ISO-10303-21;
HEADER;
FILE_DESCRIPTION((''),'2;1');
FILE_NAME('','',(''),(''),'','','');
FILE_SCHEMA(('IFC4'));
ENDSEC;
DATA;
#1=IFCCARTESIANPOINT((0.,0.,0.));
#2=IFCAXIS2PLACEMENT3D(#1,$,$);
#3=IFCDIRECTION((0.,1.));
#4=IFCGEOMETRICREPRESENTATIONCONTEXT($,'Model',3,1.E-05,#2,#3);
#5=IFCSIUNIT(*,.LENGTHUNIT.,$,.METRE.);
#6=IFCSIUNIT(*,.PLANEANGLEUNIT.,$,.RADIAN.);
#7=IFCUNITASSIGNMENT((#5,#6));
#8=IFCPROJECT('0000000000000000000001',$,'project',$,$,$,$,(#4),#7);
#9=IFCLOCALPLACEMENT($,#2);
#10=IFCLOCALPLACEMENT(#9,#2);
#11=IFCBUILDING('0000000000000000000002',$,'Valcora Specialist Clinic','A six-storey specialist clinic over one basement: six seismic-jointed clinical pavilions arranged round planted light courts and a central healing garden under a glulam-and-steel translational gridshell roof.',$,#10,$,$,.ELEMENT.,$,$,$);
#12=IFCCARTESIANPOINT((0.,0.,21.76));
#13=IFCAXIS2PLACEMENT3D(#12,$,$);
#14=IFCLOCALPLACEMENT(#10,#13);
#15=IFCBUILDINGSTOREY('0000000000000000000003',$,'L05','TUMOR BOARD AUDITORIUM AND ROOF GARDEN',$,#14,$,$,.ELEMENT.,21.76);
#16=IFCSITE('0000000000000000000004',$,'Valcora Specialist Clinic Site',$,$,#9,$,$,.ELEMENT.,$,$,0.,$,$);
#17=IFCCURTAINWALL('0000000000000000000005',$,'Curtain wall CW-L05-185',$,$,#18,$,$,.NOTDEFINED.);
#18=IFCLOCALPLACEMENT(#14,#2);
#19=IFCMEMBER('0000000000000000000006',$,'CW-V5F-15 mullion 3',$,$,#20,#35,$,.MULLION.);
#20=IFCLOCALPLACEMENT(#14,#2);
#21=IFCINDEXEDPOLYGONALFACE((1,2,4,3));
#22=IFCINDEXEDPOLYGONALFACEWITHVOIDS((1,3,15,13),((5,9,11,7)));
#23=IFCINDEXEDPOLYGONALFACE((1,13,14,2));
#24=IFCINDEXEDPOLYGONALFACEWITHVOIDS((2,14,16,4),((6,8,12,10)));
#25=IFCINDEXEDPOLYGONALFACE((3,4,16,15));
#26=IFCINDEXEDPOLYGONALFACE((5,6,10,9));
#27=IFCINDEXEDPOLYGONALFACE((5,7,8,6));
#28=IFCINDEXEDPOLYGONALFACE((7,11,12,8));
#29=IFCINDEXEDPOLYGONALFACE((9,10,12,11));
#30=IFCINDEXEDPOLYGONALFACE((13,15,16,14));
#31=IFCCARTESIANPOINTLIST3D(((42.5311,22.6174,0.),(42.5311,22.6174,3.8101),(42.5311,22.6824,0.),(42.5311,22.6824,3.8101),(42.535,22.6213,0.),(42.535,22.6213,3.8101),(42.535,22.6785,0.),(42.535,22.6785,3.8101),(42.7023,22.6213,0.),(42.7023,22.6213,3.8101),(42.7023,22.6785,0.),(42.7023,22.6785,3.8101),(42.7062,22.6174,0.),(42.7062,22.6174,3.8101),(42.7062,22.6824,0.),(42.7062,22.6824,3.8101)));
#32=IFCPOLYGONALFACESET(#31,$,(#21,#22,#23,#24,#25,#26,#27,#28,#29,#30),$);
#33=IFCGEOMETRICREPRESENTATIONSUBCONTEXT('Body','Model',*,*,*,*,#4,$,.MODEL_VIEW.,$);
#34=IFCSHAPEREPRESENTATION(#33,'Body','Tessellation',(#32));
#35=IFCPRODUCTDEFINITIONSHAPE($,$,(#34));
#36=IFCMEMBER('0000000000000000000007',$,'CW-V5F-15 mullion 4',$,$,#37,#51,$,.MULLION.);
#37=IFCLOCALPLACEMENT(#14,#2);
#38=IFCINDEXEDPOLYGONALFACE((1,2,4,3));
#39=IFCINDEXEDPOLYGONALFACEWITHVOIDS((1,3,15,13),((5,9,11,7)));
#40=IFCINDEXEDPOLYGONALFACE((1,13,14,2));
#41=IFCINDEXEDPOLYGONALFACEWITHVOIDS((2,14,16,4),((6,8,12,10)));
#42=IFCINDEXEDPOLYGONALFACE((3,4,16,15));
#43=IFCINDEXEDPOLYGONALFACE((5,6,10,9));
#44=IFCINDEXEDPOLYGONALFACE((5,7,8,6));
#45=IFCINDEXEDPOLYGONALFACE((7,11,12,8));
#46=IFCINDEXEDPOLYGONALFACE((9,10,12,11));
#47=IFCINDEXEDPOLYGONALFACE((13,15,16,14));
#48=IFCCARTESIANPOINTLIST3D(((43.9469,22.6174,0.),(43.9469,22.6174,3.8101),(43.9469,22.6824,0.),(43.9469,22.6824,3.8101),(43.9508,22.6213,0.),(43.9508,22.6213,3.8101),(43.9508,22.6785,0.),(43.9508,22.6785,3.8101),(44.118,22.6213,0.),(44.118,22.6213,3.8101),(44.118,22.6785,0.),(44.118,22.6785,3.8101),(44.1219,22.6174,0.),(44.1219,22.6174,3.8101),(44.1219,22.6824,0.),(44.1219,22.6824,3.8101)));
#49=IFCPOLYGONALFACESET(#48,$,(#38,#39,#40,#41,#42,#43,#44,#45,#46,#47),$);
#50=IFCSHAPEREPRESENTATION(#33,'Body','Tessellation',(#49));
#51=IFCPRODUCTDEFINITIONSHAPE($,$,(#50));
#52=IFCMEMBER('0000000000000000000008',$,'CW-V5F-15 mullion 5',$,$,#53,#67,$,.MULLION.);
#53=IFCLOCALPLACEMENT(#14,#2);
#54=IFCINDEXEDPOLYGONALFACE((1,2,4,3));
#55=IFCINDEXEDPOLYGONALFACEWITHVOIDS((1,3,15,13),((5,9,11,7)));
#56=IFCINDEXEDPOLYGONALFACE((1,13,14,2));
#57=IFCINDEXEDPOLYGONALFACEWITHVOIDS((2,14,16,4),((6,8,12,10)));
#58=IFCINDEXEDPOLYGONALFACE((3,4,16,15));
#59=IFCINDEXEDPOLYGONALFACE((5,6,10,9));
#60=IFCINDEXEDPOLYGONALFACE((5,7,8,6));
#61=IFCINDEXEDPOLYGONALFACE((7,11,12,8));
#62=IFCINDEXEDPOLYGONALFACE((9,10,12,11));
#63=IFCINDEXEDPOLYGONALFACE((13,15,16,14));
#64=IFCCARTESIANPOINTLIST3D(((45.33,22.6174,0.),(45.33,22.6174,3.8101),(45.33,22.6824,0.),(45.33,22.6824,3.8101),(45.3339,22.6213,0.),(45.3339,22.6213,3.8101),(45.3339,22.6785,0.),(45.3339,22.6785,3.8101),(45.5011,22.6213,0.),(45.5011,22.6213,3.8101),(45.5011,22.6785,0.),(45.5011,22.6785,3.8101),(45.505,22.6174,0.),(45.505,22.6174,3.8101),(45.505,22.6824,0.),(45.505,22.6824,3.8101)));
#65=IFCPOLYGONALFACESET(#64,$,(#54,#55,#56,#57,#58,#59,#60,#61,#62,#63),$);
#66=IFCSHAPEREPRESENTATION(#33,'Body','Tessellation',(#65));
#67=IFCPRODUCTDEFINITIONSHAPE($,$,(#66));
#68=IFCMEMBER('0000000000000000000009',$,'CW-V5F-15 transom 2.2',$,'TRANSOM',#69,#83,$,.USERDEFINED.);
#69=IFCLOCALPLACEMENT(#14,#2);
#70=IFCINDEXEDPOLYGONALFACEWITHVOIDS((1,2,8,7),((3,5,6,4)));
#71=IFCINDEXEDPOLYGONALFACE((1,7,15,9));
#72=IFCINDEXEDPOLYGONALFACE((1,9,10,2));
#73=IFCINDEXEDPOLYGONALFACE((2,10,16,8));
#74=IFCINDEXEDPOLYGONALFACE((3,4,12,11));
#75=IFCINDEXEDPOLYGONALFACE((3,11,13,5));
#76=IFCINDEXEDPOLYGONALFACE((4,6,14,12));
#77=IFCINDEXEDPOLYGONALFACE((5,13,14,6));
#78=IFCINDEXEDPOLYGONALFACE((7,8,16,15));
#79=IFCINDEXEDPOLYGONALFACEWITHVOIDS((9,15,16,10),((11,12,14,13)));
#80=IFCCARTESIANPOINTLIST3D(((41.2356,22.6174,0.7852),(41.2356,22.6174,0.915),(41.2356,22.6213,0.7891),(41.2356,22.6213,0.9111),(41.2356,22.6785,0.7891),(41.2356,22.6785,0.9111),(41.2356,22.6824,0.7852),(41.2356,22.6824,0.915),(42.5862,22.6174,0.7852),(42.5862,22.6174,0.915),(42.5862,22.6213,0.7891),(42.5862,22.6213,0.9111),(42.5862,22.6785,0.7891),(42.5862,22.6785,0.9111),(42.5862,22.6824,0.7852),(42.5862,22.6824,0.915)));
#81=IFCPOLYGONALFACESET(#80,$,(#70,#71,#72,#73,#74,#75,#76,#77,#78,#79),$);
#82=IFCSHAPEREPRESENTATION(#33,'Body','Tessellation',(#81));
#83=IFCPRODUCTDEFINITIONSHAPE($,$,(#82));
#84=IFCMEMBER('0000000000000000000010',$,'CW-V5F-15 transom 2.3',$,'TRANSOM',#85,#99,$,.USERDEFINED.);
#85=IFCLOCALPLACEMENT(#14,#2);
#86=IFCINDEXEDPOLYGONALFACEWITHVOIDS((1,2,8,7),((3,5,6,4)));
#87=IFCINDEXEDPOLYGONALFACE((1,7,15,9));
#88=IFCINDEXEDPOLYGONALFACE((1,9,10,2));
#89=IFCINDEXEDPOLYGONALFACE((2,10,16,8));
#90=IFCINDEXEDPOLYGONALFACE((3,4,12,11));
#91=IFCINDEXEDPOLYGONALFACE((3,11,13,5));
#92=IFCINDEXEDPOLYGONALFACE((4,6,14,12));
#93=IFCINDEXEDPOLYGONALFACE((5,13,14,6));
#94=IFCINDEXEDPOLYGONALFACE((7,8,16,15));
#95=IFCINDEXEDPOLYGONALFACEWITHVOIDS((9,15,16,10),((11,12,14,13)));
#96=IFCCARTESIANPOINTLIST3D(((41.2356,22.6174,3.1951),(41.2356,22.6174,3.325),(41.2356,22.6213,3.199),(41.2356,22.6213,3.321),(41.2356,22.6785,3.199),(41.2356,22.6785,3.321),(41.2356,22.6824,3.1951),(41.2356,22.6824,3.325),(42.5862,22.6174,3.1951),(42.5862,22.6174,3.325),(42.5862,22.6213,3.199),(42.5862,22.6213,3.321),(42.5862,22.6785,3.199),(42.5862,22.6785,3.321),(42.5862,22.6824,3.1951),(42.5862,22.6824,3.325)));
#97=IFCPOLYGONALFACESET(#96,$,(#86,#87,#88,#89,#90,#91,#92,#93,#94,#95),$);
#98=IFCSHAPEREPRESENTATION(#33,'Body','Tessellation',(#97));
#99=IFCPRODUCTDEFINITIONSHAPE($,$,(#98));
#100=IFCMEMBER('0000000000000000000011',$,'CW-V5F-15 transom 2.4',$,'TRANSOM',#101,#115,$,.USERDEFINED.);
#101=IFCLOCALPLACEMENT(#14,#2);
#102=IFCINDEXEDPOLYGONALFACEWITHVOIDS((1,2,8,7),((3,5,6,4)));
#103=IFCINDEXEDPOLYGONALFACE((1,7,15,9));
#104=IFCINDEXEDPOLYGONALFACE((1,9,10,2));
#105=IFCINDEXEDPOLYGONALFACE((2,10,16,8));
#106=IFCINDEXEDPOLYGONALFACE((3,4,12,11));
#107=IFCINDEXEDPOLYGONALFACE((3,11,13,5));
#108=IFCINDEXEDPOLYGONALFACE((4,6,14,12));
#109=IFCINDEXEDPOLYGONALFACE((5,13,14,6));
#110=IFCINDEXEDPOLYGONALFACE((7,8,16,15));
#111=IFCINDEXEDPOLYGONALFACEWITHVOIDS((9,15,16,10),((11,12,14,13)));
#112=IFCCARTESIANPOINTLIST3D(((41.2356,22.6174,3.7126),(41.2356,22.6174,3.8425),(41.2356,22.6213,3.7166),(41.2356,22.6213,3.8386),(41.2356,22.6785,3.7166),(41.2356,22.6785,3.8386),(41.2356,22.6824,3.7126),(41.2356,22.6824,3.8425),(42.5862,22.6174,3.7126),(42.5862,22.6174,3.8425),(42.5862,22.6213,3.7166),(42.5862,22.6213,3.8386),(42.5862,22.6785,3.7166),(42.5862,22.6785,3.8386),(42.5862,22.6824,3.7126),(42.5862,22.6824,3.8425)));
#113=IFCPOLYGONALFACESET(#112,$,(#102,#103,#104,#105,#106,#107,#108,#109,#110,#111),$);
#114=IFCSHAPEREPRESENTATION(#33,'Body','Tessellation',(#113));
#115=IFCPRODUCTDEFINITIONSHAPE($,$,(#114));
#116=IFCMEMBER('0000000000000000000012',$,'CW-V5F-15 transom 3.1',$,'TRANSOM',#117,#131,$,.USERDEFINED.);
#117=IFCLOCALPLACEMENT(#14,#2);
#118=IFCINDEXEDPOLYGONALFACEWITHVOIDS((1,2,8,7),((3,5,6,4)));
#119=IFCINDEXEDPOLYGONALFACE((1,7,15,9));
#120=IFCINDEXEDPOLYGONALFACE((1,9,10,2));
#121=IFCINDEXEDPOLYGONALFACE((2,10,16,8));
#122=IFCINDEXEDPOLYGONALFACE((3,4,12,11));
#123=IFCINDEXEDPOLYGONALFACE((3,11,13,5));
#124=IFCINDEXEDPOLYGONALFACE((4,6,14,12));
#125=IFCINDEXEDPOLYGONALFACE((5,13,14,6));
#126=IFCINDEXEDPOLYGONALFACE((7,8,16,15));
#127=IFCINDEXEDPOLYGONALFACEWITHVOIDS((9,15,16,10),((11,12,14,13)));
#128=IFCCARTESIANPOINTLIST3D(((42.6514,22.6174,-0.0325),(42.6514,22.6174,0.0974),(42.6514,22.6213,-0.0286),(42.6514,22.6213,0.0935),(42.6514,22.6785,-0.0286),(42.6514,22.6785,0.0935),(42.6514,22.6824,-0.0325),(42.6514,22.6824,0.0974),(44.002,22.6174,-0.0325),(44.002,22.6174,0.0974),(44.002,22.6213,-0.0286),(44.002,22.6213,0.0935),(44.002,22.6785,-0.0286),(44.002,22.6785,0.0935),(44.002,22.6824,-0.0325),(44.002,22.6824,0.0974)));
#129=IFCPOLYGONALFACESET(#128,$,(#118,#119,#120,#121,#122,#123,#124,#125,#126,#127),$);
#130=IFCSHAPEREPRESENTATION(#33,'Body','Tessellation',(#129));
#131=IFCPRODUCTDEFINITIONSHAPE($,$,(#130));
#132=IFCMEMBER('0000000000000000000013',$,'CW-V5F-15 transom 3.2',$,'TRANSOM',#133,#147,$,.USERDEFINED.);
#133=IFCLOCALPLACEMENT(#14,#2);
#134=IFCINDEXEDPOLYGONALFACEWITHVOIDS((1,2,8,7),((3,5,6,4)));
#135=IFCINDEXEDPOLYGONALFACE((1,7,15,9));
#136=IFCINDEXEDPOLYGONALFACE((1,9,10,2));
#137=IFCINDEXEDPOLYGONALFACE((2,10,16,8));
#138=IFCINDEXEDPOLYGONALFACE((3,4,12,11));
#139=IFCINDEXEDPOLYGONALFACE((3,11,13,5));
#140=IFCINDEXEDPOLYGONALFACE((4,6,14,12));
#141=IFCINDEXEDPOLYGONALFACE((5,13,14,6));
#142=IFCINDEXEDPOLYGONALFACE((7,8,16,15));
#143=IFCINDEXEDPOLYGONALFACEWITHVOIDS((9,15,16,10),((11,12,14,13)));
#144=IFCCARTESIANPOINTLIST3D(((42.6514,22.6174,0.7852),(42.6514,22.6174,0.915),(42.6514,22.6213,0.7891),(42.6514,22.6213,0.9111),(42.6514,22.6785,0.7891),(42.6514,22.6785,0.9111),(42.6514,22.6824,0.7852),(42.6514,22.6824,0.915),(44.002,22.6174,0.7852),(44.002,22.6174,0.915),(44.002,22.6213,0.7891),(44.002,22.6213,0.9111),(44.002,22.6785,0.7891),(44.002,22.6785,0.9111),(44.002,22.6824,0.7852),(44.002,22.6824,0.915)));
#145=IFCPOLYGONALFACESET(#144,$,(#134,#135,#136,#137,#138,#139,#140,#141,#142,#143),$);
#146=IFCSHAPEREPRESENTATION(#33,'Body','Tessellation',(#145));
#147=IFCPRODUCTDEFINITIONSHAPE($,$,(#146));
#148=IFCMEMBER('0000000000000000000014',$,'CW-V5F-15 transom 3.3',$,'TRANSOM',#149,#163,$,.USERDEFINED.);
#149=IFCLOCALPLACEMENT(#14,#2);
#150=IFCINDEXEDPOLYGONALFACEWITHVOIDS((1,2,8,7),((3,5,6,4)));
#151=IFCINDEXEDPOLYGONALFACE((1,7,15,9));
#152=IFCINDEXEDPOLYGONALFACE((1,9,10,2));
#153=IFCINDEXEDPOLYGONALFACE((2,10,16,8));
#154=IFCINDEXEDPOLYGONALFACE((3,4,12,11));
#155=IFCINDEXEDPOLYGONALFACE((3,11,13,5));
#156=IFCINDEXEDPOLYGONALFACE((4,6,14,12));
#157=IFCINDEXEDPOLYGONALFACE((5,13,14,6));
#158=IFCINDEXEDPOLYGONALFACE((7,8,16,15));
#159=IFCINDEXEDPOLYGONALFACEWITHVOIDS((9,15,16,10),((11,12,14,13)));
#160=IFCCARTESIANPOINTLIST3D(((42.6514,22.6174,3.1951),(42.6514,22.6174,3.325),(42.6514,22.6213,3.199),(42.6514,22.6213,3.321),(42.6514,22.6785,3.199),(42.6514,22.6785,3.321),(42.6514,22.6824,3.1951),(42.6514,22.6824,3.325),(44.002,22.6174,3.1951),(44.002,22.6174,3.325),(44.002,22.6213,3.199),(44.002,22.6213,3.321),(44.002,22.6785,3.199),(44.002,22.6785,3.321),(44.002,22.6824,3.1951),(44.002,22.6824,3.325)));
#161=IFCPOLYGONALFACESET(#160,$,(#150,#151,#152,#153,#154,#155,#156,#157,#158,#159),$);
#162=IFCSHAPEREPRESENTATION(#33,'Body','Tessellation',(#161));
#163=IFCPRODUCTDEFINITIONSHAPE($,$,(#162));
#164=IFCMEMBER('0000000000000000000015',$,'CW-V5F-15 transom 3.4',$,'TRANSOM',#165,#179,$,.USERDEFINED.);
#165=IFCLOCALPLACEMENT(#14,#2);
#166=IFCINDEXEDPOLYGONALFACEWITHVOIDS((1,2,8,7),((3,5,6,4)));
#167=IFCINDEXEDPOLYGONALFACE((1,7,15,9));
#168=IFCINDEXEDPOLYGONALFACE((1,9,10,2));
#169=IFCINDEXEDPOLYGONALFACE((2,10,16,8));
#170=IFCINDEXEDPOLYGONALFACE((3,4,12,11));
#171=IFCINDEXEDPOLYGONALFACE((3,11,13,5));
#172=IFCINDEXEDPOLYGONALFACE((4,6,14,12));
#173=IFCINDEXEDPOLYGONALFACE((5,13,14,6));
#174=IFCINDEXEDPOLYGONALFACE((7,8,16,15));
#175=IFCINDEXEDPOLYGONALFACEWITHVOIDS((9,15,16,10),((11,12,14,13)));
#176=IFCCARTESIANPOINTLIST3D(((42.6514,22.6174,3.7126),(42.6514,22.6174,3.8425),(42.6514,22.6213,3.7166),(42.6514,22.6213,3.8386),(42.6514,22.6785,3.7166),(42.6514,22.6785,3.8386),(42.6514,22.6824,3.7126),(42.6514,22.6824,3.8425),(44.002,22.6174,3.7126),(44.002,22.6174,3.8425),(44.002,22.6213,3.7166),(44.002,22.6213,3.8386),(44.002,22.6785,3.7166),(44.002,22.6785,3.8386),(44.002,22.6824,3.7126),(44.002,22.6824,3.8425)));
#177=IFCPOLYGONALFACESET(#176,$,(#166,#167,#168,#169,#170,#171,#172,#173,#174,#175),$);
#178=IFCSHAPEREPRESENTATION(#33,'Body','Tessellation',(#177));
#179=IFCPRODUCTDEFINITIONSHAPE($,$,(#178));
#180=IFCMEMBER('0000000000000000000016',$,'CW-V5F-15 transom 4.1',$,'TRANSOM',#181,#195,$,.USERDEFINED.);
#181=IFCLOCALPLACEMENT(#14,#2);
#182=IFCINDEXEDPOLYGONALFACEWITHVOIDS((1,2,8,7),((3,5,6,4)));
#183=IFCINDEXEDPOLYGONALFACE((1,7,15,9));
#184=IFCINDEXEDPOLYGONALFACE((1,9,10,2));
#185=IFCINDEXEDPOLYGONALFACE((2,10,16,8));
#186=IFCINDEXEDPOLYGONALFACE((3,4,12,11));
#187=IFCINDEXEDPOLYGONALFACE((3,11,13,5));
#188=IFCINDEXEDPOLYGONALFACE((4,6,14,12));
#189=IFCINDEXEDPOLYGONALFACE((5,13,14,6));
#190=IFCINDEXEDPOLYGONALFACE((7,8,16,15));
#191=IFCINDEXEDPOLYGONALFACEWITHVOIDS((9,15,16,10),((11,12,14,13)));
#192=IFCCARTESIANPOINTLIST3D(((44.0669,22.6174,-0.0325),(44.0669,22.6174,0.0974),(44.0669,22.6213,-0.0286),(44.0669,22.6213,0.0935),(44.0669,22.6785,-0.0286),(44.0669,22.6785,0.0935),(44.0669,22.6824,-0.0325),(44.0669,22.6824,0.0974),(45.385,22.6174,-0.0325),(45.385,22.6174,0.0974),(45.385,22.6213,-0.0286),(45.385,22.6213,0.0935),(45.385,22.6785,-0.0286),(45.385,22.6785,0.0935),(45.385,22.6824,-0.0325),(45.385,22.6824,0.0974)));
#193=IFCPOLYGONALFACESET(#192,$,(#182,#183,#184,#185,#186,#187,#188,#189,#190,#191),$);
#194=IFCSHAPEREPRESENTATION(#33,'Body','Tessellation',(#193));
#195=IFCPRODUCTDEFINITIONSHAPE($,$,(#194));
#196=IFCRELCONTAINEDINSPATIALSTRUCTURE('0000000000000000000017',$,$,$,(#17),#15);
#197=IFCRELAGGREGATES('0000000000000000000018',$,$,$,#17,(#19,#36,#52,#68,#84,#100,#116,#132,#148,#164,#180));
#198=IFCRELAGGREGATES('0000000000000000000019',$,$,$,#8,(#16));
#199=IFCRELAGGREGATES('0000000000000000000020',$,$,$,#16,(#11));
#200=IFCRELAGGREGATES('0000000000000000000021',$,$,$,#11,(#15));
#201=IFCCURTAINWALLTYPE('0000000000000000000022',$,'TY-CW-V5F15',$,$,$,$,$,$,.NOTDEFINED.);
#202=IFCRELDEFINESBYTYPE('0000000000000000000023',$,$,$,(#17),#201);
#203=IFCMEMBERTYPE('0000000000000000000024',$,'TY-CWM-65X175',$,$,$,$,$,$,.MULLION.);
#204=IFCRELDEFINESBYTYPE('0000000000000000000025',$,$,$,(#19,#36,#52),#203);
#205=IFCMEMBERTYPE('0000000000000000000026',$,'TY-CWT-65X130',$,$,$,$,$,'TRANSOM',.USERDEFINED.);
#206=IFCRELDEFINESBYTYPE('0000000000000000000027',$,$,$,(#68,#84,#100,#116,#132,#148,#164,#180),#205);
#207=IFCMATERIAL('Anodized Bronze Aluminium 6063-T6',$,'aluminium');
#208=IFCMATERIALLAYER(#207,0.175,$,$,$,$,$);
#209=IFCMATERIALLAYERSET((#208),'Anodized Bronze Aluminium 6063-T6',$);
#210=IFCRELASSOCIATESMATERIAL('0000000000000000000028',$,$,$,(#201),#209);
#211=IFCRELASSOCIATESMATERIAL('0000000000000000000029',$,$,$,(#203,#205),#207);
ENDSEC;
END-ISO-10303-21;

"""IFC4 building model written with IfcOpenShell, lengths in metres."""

from ifc_helpers import new_model, si_unit, direction, frame, origin, origin_2d, place, context, subcontext, project, spatial, hollow_rectangle, extrude, material, layer, layer_set, material_profile, profile_set, type_object, element, aggregate, save


model = new_model("IFC4")

# Units and contexts
model_context = context("Model", 3, precision=1e-05, world=origin(), true_north=direction((0.0, 1.0)))
body_context = subcontext(model_context, "Body", "Model", "MODEL_VIEW")
ifc_project = project(units=[si_unit("LENGTHUNIT", "METRE"), si_unit("PLANEANGLEUNIT", "RADIAN")], contexts=[model_context])

# Site, building, storey
site_placement = place(None, origin())
site = spatial("IfcSite", under=ifc_project, at=site_placement, Name="Valcora Specialist Clinic Site", CompositionType="ELEMENT", RefElevation=0.0)
building_placement = place(site_placement, origin())
building = spatial("IfcBuilding", under=site, at=building_placement, Name="Valcora Specialist Clinic", Description="A six-storey specialist clinic over one basement: six seismic-jointed clinical pavilions arranged round planted light courts and a central healing garden under a glulam-and-steel translational gridshell roof.", CompositionType="ELEMENT")
storey_placement = place(building_placement, frame((0.0, 0.0, 21.76)))
storey = spatial("IfcBuildingStorey", under=building, at=storey_placement, Name="L05", Description="TUMOR BOARD AUDITORIUM AND ROOF GARDEN", CompositionType="ELEMENT", Elevation=21.76)

# Curtain wall, members
ifc_material_1 = material(Name="Anodized Bronze Aluminium 6063-T6", Category="aluminium")
ifc_layer_1 = layer(ifc_material_1, 0.175)
ifc_layer_set_1 = layer_set([ifc_layer_1], Name="Anodized Bronze Aluminium 6063-T6")
curtain_wall_type = type_object("IfcCurtainWallType", Name="TY-CW-V5F15", PredefinedType="NOTDEFINED", material=ifc_layer_set_1)
curtain_wall_placement = place(storey_placement, origin())
curtain_wall = element("IfcCurtainWall", 1, at=curtain_wall_placement, inside=storey, type_object=curtain_wall_type, Name="Curtain wall CW-L05-185", PredefinedType="NOTDEFINED")
ifc_material_profile_1 = material_profile(ifc_material_1, hollow_rectangle(XDim=0.0649, YDim=0.175, WallThickness=0.0039, at=origin_2d()), Name="AL-MUL-65X175")
ifc_profile_set_1 = profile_set([ifc_material_profile_1], Name="Anodized Bronze Aluminium 6063-T6")
member_type_1 = type_object("IfcMemberType", Name="TY-CWM-65X175", PredefinedType="MULLION", material=ifc_profile_set_1)
member_1_placement = place(storey_placement, frame((42.6187, 22.6499, 0.0), z_axis=(0.0, 0.0, 1.0), x_axis=(0.0, 1.0, 0.0)))
member_1 = element("IfcMember", 2, at=member_1_placement, type_object=member_type_1, Name="CW-V5F-15 mullion 3", PredefinedType="MULLION", context=body_context, shape_type="SweptSolid", body=[
    extrude(hollow_rectangle(XDim=0.0649, YDim=0.175, WallThickness=0.0039, at=origin_2d()), origin(), (0.0, 0.0, 1.0), 3.8101),
])
member_2_placement = place(storey_placement, frame((44.0344, 22.6499, 0.0), z_axis=(0.0, 0.0, 1.0), x_axis=(0.0, 1.0, 0.0)))
member_2 = element("IfcMember", 3, at=member_2_placement, type_object=member_type_1, Name="CW-V5F-15 mullion 4", PredefinedType="MULLION", context=body_context, shape_type="SweptSolid", body=[
    extrude(hollow_rectangle(XDim=0.0649, YDim=0.175, WallThickness=0.0039, at=origin_2d()), origin(), (0.0, 0.0, 1.0), 3.8101),
])
member_3_placement = place(storey_placement, frame((45.4175, 22.6499, 0.0), z_axis=(0.0, 0.0, 1.0), x_axis=(0.0, 1.0, 0.0)))
member_3 = element("IfcMember", 4, at=member_3_placement, type_object=member_type_1, Name="CW-V5F-15 mullion 5", PredefinedType="MULLION", context=body_context, shape_type="SweptSolid", body=[
    extrude(hollow_rectangle(XDim=0.0649, YDim=0.175, WallThickness=0.0039, at=origin_2d()), origin(), (0.0, 0.0, 1.0), 3.8101),
])
ifc_material_profile_2 = material_profile(ifc_material_1, hollow_rectangle(XDim=0.0649, YDim=0.1299, WallThickness=0.0039, at=origin_2d()), Name="AL-TRN-65X130")
ifc_profile_set_2 = profile_set([ifc_material_profile_2], Name="Anodized Bronze Aluminium 6063-T6")
member_type_2 = type_object("IfcMemberType", Name="TY-CWT-65X130", ElementType="TRANSOM", PredefinedType="USERDEFINED", material=ifc_profile_set_2)
member_4_placement = place(storey_placement, frame((41.2356, 22.6499, 0.8501), z_axis=(1.0, 0.0, 0.0), x_axis=(0.0, 1.0, 0.0)))
member_4 = element("IfcMember", 5, at=member_4_placement, type_object=member_type_2, Name="CW-V5F-15 transom 2.2", ObjectType="TRANSOM", PredefinedType="USERDEFINED", context=body_context, shape_type="SweptSolid", body=[
    extrude(hollow_rectangle(XDim=0.0649, YDim=0.1299, WallThickness=0.0039, at=origin_2d()), origin(), (0.0, 0.0, 1.0), 1.3506),
])
member_5_placement = place(storey_placement, frame((41.2356, 22.6499, 3.26), z_axis=(1.0, 0.0, 0.0), x_axis=(0.0, 1.0, 0.0)))
member_5 = element("IfcMember", 6, at=member_5_placement, type_object=member_type_2, Name="CW-V5F-15 transom 2.3", ObjectType="TRANSOM", PredefinedType="USERDEFINED", context=body_context, shape_type="SweptSolid", body=[
    extrude(hollow_rectangle(XDim=0.0649, YDim=0.1299, WallThickness=0.0039, at=origin_2d()), origin(), (0.0, 0.0, 1.0), 1.3506),
])
member_6_placement = place(storey_placement, frame((41.2356, 22.6499, 3.7776), z_axis=(1.0, 0.0, 0.0), x_axis=(0.0, 1.0, 0.0)))
member_6 = element("IfcMember", 7, at=member_6_placement, type_object=member_type_2, Name="CW-V5F-15 transom 2.4", ObjectType="TRANSOM", PredefinedType="USERDEFINED", context=body_context, shape_type="SweptSolid", body=[
    extrude(hollow_rectangle(XDim=0.0649, YDim=0.1299, WallThickness=0.0039, at=origin_2d()), origin(), (0.0, 0.0, 1.0), 1.3506),
])
member_7_placement = place(storey_placement, frame((42.6514, 22.6499, 0.0325), z_axis=(1.0, 0.0, 0.0), x_axis=(0.0, 1.0, 0.0)))
member_7 = element("IfcMember", 8, at=member_7_placement, type_object=member_type_2, Name="CW-V5F-15 transom 3.1", ObjectType="TRANSOM", PredefinedType="USERDEFINED", context=body_context, shape_type="SweptSolid", body=[
    extrude(hollow_rectangle(XDim=0.0649, YDim=0.1299, WallThickness=0.0039, at=origin_2d()), origin(), (0.0, 0.0, 1.0), 1.3506),
])
member_8_placement = place(storey_placement, frame((42.6514, 22.6499, 0.8501), z_axis=(1.0, 0.0, 0.0), x_axis=(0.0, 1.0, 0.0)))
member_8 = element("IfcMember", 9, at=member_8_placement, type_object=member_type_2, Name="CW-V5F-15 transom 3.2", ObjectType="TRANSOM", PredefinedType="USERDEFINED", context=body_context, shape_type="SweptSolid", body=[
    extrude(hollow_rectangle(XDim=0.0649, YDim=0.1299, WallThickness=0.0039, at=origin_2d()), origin(), (0.0, 0.0, 1.0), 1.3506),
])
member_9_placement = place(storey_placement, frame((42.6514, 22.6499, 3.26), z_axis=(1.0, 0.0, 0.0), x_axis=(0.0, 1.0, 0.0)))
member_9 = element("IfcMember", 10, at=member_9_placement, type_object=member_type_2, Name="CW-V5F-15 transom 3.3", ObjectType="TRANSOM", PredefinedType="USERDEFINED", context=body_context, shape_type="SweptSolid", body=[
    extrude(hollow_rectangle(XDim=0.0649, YDim=0.1299, WallThickness=0.0039, at=origin_2d()), origin(), (0.0, 0.0, 1.0), 1.3506),
])
member_10_placement = place(storey_placement, frame((42.6514, 22.6499, 3.7776), z_axis=(1.0, 0.0, 0.0), x_axis=(0.0, 1.0, 0.0)))
member_10 = element("IfcMember", 11, at=member_10_placement, type_object=member_type_2, Name="CW-V5F-15 transom 3.4", ObjectType="TRANSOM", PredefinedType="USERDEFINED", context=body_context, shape_type="SweptSolid", body=[
    extrude(hollow_rectangle(XDim=0.0649, YDim=0.1299, WallThickness=0.0039, at=origin_2d()), origin(), (0.0, 0.0, 1.0), 1.3506),
])
member_11_placement = place(storey_placement, frame((44.0669, 22.6499, 0.0325), z_axis=(1.0, 0.0, 0.0), x_axis=(0.0, 1.0, 0.0)))
member_11 = element("IfcMember", 12, at=member_11_placement, type_object=member_type_2, Name="CW-V5F-15 transom 4.1", ObjectType="TRANSOM", PredefinedType="USERDEFINED", context=body_context, shape_type="SweptSolid", body=[
    extrude(hollow_rectangle(XDim=0.0649, YDim=0.1299, WallThickness=0.0039, at=origin_2d()), origin(), (0.0, 0.0, 1.0), 1.3181),
])
aggregate(curtain_wall, [member_1, member_2, member_3, member_4, member_5, member_6, member_7, member_8, member_9, member_10, member_11])

save(model, "model.ifc")
